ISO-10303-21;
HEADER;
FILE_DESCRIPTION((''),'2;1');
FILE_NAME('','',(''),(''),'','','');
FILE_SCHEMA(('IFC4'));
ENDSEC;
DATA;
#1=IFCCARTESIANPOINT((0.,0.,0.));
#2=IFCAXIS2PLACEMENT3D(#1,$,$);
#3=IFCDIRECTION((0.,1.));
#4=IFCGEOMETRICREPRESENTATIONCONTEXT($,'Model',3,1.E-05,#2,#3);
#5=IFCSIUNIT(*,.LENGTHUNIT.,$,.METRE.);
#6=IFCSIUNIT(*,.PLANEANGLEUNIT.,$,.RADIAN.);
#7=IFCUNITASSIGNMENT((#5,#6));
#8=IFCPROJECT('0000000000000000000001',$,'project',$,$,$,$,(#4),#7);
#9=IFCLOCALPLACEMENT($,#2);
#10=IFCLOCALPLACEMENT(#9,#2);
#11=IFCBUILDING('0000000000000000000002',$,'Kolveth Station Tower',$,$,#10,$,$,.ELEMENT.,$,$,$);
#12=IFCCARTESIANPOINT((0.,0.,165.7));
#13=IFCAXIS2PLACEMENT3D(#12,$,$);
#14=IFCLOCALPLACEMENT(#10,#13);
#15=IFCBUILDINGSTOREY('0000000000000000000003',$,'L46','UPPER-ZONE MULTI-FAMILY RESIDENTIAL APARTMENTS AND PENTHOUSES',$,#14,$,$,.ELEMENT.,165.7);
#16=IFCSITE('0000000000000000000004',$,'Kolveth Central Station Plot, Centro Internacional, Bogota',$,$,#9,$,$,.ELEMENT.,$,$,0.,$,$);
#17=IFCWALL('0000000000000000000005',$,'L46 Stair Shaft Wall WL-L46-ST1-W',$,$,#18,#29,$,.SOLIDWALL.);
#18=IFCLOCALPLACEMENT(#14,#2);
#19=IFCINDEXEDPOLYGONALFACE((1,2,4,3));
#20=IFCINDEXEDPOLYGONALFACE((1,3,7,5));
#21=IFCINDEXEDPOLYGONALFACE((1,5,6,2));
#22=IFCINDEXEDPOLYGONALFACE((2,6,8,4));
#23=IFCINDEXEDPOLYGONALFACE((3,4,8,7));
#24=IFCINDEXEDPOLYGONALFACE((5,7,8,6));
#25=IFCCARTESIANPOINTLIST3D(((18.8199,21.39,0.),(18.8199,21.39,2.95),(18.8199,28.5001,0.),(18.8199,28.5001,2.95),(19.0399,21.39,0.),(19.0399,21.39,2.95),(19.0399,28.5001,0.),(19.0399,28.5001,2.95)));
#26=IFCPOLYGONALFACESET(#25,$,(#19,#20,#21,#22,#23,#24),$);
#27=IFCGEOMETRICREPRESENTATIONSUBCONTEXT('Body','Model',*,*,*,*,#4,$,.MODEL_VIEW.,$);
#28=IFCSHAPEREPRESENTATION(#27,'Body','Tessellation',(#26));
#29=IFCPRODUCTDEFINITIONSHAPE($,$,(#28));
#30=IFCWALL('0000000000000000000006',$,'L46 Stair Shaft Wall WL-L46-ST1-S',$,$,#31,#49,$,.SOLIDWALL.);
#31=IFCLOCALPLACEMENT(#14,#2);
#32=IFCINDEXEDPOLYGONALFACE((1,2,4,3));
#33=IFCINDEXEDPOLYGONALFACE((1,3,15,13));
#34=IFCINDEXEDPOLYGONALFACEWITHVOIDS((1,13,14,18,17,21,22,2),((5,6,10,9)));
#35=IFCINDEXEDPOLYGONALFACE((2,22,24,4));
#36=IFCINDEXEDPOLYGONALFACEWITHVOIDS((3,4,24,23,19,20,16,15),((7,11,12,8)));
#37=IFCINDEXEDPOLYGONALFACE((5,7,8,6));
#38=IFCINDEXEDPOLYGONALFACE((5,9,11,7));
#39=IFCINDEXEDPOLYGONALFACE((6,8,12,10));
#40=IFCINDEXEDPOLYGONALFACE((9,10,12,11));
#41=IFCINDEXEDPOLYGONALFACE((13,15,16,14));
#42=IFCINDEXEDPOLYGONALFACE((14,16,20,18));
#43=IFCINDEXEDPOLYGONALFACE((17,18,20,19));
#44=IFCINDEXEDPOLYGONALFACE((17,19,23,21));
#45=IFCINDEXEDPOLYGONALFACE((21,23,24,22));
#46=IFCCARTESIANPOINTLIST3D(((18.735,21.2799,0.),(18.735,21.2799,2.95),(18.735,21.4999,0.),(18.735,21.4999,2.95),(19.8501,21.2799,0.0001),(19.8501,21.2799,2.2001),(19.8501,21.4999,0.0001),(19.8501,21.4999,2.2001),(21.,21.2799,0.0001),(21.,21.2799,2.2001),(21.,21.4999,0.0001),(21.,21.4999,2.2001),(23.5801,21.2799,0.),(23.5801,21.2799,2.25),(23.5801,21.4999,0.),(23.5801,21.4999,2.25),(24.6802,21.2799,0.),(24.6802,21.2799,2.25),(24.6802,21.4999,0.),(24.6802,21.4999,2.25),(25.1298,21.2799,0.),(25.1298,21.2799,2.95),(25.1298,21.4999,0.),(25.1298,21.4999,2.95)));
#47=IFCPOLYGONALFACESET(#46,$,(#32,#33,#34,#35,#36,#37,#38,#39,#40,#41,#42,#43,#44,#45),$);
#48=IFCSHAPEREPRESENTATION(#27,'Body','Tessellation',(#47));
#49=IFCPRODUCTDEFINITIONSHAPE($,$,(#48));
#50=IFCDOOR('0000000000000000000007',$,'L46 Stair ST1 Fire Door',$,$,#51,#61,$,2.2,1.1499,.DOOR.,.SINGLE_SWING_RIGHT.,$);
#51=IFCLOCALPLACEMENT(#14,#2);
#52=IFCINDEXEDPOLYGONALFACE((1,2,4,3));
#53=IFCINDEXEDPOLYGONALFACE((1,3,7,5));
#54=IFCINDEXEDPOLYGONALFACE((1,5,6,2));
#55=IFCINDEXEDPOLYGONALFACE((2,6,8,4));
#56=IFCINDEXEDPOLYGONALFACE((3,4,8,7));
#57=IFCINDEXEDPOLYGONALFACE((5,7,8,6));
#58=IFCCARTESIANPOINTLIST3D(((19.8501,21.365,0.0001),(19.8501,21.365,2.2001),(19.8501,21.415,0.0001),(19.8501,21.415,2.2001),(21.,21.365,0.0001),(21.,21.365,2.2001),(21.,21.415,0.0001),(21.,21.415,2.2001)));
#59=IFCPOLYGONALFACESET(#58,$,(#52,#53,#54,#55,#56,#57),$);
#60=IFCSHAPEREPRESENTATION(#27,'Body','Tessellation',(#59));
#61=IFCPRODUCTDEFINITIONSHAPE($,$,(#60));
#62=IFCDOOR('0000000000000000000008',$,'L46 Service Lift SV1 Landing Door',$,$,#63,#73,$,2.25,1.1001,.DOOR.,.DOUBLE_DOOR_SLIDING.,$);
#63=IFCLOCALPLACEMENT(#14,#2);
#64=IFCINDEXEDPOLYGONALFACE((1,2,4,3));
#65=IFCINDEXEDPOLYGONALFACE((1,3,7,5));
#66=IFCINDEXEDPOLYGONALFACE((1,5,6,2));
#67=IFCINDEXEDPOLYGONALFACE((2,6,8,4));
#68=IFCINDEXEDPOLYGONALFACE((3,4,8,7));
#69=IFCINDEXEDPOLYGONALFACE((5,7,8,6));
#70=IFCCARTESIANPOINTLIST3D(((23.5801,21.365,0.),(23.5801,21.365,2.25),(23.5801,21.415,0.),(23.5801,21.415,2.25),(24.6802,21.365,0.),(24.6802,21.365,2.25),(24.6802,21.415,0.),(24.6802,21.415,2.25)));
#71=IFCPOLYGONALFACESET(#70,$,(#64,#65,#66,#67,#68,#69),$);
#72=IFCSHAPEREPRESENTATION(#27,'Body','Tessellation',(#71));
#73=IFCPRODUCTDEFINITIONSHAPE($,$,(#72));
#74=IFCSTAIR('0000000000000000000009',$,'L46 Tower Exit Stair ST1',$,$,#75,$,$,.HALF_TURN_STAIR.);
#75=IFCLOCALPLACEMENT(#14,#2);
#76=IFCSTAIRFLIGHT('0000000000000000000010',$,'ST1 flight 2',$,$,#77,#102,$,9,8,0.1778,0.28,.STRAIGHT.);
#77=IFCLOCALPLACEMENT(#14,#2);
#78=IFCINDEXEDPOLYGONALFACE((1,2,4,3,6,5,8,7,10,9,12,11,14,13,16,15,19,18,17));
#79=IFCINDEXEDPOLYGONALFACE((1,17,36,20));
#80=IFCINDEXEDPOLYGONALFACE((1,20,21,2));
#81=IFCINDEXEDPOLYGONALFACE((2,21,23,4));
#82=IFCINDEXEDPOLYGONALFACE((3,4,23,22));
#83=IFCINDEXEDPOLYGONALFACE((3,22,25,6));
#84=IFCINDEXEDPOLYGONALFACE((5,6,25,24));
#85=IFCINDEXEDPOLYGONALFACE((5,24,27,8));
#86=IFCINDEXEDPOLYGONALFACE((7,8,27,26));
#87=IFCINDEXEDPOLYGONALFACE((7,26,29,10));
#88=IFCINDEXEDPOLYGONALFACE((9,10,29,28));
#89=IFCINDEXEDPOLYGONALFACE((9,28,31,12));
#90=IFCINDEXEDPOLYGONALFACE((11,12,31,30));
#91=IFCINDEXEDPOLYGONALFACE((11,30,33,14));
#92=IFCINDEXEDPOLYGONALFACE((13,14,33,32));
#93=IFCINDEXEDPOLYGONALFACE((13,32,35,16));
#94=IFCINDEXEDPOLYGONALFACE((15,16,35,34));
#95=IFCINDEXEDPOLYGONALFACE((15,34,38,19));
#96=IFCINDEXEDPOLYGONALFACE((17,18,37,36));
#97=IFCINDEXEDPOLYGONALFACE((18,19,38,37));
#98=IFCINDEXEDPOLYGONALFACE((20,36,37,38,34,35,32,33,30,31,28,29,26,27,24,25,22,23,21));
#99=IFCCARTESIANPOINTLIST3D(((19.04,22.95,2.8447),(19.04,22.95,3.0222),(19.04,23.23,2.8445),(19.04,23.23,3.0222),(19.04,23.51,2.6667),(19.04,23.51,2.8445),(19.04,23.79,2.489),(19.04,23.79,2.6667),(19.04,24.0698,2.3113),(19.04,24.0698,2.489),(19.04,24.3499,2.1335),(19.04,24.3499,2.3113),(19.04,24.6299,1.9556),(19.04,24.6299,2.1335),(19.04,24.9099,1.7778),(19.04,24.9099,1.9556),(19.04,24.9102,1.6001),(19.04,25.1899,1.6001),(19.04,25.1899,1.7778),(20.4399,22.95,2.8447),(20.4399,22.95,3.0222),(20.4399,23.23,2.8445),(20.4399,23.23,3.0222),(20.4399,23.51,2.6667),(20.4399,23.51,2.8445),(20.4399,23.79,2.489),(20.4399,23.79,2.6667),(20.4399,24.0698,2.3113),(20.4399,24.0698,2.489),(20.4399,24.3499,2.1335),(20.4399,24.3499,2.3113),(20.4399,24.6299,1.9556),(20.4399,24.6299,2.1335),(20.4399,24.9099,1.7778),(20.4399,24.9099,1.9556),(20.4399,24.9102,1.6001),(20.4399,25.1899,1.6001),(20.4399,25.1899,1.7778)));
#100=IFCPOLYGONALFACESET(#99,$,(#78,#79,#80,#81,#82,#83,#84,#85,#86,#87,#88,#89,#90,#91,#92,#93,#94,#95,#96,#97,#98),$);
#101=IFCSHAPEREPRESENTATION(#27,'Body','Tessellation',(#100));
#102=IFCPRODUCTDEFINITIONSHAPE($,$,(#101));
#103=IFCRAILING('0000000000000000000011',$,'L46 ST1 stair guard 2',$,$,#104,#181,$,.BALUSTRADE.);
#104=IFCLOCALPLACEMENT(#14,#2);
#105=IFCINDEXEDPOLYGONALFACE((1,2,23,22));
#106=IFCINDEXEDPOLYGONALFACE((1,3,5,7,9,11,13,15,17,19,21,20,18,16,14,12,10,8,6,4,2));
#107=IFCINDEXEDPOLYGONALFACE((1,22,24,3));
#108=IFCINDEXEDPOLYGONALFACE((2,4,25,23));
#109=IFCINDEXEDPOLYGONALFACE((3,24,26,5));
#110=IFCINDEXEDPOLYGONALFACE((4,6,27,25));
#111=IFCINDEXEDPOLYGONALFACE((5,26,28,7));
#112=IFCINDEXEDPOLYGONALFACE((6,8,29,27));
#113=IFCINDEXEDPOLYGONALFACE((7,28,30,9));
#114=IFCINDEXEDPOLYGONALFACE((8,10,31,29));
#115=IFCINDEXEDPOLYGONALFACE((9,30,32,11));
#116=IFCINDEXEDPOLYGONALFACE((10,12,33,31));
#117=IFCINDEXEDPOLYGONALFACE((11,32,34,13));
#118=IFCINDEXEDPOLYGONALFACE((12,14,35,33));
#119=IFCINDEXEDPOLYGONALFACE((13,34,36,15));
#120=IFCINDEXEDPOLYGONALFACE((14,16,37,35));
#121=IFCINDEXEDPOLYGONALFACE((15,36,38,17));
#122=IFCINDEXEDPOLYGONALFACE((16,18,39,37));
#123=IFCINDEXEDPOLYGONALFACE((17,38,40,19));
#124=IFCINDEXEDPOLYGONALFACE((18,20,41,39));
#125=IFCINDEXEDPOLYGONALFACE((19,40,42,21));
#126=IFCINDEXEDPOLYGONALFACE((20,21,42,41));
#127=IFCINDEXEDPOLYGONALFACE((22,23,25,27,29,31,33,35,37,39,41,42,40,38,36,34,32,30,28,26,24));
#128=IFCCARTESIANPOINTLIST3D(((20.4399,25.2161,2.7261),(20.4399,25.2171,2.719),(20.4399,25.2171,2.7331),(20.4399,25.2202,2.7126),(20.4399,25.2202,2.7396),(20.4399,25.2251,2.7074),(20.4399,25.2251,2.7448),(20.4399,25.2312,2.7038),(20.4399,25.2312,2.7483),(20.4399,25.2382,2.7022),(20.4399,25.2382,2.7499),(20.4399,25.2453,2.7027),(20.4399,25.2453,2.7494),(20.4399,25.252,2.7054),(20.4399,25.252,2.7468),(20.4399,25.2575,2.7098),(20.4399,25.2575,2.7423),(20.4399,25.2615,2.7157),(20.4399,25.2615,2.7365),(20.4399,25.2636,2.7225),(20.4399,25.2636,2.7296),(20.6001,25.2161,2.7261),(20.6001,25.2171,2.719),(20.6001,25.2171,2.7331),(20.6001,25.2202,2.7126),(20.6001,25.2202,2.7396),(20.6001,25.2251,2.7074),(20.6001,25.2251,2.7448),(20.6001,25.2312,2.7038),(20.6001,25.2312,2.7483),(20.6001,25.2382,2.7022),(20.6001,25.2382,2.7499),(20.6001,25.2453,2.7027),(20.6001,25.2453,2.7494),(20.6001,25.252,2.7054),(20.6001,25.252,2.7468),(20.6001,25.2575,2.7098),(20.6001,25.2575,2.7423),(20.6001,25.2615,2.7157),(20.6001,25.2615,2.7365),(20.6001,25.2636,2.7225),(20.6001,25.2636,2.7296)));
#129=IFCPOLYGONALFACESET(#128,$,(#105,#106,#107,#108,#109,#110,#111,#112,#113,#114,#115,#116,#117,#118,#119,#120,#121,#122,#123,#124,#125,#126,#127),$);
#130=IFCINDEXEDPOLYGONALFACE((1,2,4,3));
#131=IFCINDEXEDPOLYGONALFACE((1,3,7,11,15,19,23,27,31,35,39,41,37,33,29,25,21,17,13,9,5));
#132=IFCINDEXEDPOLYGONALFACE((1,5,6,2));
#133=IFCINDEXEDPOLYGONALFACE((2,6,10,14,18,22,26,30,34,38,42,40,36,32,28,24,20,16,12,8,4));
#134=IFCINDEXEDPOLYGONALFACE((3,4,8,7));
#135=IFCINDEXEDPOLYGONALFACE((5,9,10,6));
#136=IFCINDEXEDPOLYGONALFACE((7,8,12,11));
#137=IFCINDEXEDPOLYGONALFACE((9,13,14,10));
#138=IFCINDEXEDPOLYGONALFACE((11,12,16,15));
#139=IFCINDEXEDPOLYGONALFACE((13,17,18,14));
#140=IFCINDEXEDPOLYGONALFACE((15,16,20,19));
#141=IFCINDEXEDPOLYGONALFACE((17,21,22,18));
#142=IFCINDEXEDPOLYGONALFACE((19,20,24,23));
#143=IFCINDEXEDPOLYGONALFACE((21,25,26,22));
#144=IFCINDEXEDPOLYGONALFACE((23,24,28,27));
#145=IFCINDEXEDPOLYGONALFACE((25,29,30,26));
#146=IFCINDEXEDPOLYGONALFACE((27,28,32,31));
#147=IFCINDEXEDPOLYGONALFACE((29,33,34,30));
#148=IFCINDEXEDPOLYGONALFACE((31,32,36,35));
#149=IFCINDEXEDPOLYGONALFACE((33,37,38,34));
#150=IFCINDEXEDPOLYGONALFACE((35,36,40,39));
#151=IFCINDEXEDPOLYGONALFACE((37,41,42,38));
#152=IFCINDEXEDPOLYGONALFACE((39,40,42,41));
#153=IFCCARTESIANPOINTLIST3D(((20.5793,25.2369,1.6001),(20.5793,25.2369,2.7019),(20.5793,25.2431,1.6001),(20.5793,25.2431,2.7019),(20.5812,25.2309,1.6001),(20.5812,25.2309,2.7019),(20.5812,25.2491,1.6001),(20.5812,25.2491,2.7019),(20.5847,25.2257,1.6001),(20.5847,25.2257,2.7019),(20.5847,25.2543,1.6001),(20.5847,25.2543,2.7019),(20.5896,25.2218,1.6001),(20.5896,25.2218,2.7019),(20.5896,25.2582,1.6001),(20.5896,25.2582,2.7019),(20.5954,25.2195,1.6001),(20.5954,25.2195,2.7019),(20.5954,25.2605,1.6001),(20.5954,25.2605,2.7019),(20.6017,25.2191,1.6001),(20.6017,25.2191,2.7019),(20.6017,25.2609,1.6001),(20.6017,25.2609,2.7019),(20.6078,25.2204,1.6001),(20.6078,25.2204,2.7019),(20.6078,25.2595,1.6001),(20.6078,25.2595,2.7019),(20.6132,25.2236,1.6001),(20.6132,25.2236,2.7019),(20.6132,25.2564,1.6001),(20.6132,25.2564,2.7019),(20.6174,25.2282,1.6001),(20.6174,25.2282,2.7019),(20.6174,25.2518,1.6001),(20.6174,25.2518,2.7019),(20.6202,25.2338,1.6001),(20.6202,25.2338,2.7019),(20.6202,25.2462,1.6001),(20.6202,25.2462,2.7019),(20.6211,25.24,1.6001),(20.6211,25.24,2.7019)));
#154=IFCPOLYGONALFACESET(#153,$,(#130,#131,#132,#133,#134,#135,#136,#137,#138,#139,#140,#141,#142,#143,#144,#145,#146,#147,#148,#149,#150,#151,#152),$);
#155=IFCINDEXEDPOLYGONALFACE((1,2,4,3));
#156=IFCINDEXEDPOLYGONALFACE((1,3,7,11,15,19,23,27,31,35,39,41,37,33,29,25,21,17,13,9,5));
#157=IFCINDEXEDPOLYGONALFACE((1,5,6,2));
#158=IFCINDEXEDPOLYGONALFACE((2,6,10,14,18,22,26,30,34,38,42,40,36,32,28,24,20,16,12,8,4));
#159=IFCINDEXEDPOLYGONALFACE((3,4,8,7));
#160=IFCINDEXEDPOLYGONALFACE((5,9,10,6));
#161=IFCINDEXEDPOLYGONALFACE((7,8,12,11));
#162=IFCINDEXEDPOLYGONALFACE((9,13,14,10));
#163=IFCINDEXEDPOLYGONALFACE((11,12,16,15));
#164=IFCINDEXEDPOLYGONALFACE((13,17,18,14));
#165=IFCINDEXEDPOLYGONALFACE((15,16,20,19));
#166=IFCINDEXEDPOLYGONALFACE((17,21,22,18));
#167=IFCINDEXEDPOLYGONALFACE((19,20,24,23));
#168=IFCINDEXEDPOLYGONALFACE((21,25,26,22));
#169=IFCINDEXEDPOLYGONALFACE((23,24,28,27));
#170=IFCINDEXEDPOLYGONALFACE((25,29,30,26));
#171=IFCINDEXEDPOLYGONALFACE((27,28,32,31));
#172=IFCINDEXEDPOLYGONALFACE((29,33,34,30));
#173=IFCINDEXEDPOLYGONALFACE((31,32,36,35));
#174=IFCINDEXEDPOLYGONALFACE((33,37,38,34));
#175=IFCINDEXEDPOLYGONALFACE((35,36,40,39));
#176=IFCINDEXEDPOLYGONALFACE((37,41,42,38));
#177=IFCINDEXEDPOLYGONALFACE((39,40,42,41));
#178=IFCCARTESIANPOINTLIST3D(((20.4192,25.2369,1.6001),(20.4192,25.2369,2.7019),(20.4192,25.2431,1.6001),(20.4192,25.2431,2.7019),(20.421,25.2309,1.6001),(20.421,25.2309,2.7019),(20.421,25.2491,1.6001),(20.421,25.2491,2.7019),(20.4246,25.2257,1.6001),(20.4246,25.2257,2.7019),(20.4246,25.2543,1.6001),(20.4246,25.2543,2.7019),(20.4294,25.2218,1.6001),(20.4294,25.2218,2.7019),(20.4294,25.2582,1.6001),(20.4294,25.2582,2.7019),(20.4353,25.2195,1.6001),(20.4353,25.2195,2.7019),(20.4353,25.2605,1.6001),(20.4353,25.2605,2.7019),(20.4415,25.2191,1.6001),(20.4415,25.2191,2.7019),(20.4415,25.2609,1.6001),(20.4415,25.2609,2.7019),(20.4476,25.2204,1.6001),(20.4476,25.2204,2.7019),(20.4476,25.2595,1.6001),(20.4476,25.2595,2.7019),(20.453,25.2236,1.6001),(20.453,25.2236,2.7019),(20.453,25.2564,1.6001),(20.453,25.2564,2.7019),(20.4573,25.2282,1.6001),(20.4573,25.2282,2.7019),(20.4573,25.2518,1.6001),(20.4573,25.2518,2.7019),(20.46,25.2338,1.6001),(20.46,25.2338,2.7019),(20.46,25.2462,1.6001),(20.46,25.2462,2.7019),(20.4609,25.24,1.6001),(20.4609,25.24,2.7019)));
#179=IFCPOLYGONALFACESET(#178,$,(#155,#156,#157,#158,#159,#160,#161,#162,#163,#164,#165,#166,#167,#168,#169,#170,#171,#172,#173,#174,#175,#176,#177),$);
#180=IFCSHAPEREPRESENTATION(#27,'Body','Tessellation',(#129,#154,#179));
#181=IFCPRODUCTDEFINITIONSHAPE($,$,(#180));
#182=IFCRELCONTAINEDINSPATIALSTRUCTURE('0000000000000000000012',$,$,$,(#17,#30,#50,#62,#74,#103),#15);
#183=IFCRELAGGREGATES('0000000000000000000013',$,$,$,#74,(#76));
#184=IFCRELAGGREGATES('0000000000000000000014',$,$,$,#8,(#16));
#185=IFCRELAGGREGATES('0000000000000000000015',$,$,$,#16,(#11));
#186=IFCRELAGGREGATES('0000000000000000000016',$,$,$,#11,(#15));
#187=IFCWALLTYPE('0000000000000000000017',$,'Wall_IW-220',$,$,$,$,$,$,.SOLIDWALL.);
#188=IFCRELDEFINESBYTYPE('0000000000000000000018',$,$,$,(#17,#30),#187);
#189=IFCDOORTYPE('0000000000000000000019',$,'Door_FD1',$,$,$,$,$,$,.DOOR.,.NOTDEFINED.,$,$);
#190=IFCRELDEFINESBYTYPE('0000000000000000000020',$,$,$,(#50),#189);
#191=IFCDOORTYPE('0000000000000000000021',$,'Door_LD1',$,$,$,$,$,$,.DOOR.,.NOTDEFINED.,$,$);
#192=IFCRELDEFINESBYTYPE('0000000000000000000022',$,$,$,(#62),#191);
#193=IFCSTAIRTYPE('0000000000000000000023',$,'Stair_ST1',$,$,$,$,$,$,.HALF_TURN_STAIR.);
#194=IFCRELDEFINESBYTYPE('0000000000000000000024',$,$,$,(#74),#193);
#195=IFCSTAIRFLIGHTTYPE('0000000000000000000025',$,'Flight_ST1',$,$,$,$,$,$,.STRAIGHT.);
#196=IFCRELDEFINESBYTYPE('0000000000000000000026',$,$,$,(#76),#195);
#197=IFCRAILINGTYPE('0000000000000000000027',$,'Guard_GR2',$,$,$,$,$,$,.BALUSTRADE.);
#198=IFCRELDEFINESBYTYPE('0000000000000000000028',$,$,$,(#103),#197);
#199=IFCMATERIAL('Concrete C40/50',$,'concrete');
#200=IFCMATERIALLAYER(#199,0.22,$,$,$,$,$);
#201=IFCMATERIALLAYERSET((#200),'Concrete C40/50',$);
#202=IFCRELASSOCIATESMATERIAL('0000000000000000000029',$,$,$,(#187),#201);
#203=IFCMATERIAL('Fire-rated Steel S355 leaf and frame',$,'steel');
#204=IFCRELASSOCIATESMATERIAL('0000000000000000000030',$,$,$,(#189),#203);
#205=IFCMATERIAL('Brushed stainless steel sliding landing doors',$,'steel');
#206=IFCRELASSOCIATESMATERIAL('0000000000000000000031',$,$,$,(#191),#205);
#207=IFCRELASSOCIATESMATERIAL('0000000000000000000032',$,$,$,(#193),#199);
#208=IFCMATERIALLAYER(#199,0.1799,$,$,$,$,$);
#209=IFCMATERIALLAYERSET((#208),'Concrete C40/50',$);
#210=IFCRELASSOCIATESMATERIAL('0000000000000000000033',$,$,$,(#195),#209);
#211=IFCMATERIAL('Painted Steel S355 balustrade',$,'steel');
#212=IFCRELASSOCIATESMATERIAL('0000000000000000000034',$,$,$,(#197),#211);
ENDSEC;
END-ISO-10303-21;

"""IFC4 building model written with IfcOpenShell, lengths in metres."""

from ifc_helpers import new_model, si_unit, direction, frame, frame_2d, origin, origin_2d, place, context, subcontext, project, spatial, polyline, rectangle, circle, outline, extrude, material, layer, layer_set, type_object, element, fill, aggregate, save


model = new_model("IFC4")

# Units and contexts
model_context = context("Model", 3, precision=1e-05, world=origin(), true_north=direction((0.0, 1.0)))
body_context = subcontext(model_context, "Body", "Model", "MODEL_VIEW")
ifc_project = project(units=[si_unit("LENGTHUNIT", "METRE"), si_unit("PLANEANGLEUNIT", "RADIAN")], contexts=[model_context])

# Site, building, storey
site_placement = place(None, origin())
site = spatial("IfcSite", under=ifc_project, at=site_placement, Name="Kolveth Central Station Plot, Centro Internacional, Bogota", CompositionType="ELEMENT", RefElevation=0.0)
building_placement = place(site_placement, origin())
building = spatial("IfcBuilding", under=site, at=building_placement, Name="Kolveth Station Tower", CompositionType="ELEMENT")
storey_placement = place(building_placement, frame((0.0, 0.0, 165.7)))
storey = spatial("IfcBuildingStorey", under=building, at=storey_placement, Name="L46", Description="UPPER-ZONE MULTI-FAMILY RESIDENTIAL APARTMENTS AND PENTHOUSES", CompositionType="ELEMENT", Elevation=165.7)

# Wall
ifc_material_1 = material(Name="Concrete C40/50", Category="concrete")
ifc_layer_1 = layer(ifc_material_1, 0.22)
ifc_layer_set_1 = layer_set([ifc_layer_1], Name="Concrete C40/50")
wall_type_1 = type_object("IfcWallType", Name="Wall_IW-220", PredefinedType="SOLIDWALL", material=ifc_layer_set_1)
wall_1_placement = place(storey_placement, frame((18.9299, 21.3899, 0.0), z_axis=(0.0, 0.0, 1.0), x_axis=(0.0, 1.0, 0.0)))
element("IfcWall", 1, at=wall_1_placement, inside=storey, type_object=wall_type_1, Name="L46 Stair Shaft Wall WL-L46-ST1-W", PredefinedType="SOLIDWALL", context=body_context, shape_type="SweptSolid", body=[
    extrude(rectangle(XDim=7.1101, YDim=0.22, at=frame_2d((3.5552, 0.0))), origin(), (0.0, 0.0, 1.0), 2.95),
])

# Wall, openings, doors
wall_2_placement = place(storey_placement, frame((18.7351, 21.3899, 0.0), z_axis=(0.0, 0.0, 1.0), x_axis=(1.0, 0.0, 0.0)))
wall_2 = element("IfcWall", 2, at=wall_2_placement, inside=storey, type_object=wall_type_1, Name="L46 Stair Shaft Wall WL-L46-ST1-S", PredefinedType="SOLIDWALL", context=body_context, shape_type="SweptSolid", body=[
    extrude(rectangle(XDim=6.3948, YDim=0.22, at=frame_2d((3.1973, 0.0))), origin(), (0.0, 0.0, 1.0), 2.95),
])
opening_1_placement = place(wall_2_placement, frame((1.115, 0.0, 0.0)))
opening_1 = element("IfcOpeningElement", 3, at=opening_1_placement, cuts=wall_2, PredefinedType="OPENING", context=body_context, shape_type="SweptSolid", body=[
    extrude(rectangle(XDim=1.1499, YDim=2.2, at=frame_2d((0.575, 1.1001))), frame((0.0, 0.1199, 0.0), z_axis=(0.0, -1.0, 0.0), x_axis=(1.0, 0.0, 0.0)), (0.0, 0.0, 1.0), 0.24),
])
opening_2_placement = place(wall_2_placement, frame((4.845, 0.0, 0.0)))
opening_2 = element("IfcOpeningElement", 4, at=opening_2_placement, cuts=wall_2, PredefinedType="OPENING", context=body_context, shape_type="SweptSolid", body=[
    extrude(rectangle(XDim=1.1001, YDim=2.25, at=frame_2d((0.55, 1.125))), frame((0.0, 0.1199, 0.0), z_axis=(0.0, -1.0, 0.0), x_axis=(1.0, 0.0, 0.0)), (0.0, 0.0, 1.0), 0.24),
])
ifc_material_2 = material(Name="Fire-rated Steel S355 leaf and frame", Category="steel")
door_type_1 = type_object("IfcDoorType", Name="Door_FD1", OperationType="NOTDEFINED", PredefinedType="DOOR", material=ifc_material_2)
door_1_placement = place(opening_1_placement, frame((1.1499, 0.0, 0.0), z_axis=(0.0, 0.0, 1.0), x_axis=(-1.0, 0.0, 0.0)))
door_1 = element("IfcDoor", 5, at=door_1_placement, inside=storey, type_object=door_type_1, Name="L46 Stair ST1 Fire Door", OperationType="SINGLE_SWING_RIGHT", OverallHeight=2.2, OverallWidth=1.1499, PredefinedType="DOOR", context=body_context, shape_type="SweptSolid", body=[
    extrude(rectangle(XDim=1.1499, YDim=2.2, at=frame_2d((0.575, 1.1001))), frame((0.0, 0.0249, 0.0), z_axis=(0.0, -1.0, 0.0), x_axis=(1.0, 0.0, 0.0)), (0.0, 0.0, 1.0), 0.05),
])
fill(opening_1, door_1)
ifc_material_3 = material(Name="Brushed stainless steel sliding landing doors", Category="steel")
door_type_2 = type_object("IfcDoorType", Name="Door_LD1", OperationType="NOTDEFINED", PredefinedType="DOOR", material=ifc_material_3)
door_2_placement = place(opening_2_placement, frame((1.1001, 0.0, 0.0), z_axis=(0.0, 0.0, 1.0), x_axis=(-1.0, 0.0, 0.0)))
door_2 = element("IfcDoor", 6, at=door_2_placement, inside=storey, type_object=door_type_2, Name="L46 Service Lift SV1 Landing Door", OperationType="DOUBLE_DOOR_SLIDING", OverallHeight=2.25, OverallWidth=1.1001, PredefinedType="DOOR", context=body_context, shape_type="SweptSolid", body=[
    extrude(rectangle(XDim=1.1001, YDim=2.25, at=frame_2d((0.55, 1.125))), frame((0.0, 0.0249, 0.0), z_axis=(0.0, -1.0, 0.0), x_axis=(1.0, 0.0, 0.0)), (0.0, 0.0, 1.0), 0.05),
])
fill(opening_2, door_2)

# Stair, stair flight
stair_type = type_object("IfcStairType", Name="Stair_ST1", PredefinedType="HALF_TURN_STAIR", material=ifc_material_1)
stair_placement = place(storey_placement, origin())
stair = element("IfcStair", 7, at=stair_placement, inside=storey, type_object=stair_type, Name="L46 Tower Exit Stair ST1", PredefinedType="HALF_TURN_STAIR")
ifc_layer_2 = layer(ifc_material_1, 0.1799)
ifc_layer_set_2 = layer_set([ifc_layer_2], Name="Concrete C40/50")
stair_flight_type = type_object("IfcStairFlightType", Name="Flight_ST1", PredefinedType="STRAIGHT", material=ifc_layer_set_2)
stair_flight_placement = place(storey_placement, frame((19.74, 25.1899, 1.6001), z_axis=(0.0, 0.0, 1.0), x_axis=(0.0, -1.0, 0.0)))
stair_flight = element("IfcStairFlight", 8, at=stair_flight_placement, type_object=stair_flight_type, Name="ST1 flight 2", NumberOfRisers=9, NumberOfTreads=8, PredefinedType="STRAIGHT", RiserHeight=0.1778, TreadLength=0.28, context=body_context, shape_type="SweptSolid", body=[
    extrude(outline(polyline([(0.0, 0.0), (0.0, 0.1777), (0.28, 0.1777), (0.28, 0.3555), (0.5601, 0.3555), (0.5601, 0.5334), (0.8401, 0.5334), (0.8401, 0.7112), (1.1201, 0.7112), (1.1201, 0.8889), (1.3999, 0.8889), (1.3999, 1.0667), (1.6799, 1.0667), (1.6799, 1.2444), (1.96, 1.2444), (1.96, 1.4221), (2.24, 1.4221), (2.24, 1.6001), (2.24, 1.2446), (0.2798, 0.0), (0.0, 0.0)])), frame((0.0, 0.7, 0.0), z_axis=(0.0, -1.0, 0.0), x_axis=(1.0, 0.0, 0.0)), (0.0, 0.0, 1.0), 1.3999),
])
aggregate(stair, [stair_flight])

# Railing
ifc_material_4 = material(Name="Painted Steel S355 balustrade", Category="steel")
railing_type_1 = type_object("IfcRailingType", Name="Guard_GR2", PredefinedType="BALUSTRADE", material=ifc_material_4)
railing_1_placement = place(storey_placement, frame((20.6001, 25.24, 1.6001)))
element("IfcRailing", 9, at=railing_1_placement, inside=storey, type_object=railing_type_1, Name="L46 ST1 stair guard 2", PredefinedType="BALUSTRADE", context=body_context, shape_type="SweptSolid", body=[
    extrude(circle(Radius=0.0239, at=origin_2d()), frame((0.0, 0.0, 1.126), z_axis=(-1.0, 0.0, 0.0), x_axis=(0.0, -1.0, 0.0)), (0.0, 0.0, 1.0), 0.1602),
    extrude(circle(Radius=0.021, at=origin_2d()), origin(), (0.0, 0.0, 1.0), 1.1018),
    extrude(circle(Radius=0.021, at=origin_2d()), frame((-0.1602, 0.0, 0.0)), (0.0, 0.0, 1.0), 1.1018),
])

save(model, "model.ifc")
